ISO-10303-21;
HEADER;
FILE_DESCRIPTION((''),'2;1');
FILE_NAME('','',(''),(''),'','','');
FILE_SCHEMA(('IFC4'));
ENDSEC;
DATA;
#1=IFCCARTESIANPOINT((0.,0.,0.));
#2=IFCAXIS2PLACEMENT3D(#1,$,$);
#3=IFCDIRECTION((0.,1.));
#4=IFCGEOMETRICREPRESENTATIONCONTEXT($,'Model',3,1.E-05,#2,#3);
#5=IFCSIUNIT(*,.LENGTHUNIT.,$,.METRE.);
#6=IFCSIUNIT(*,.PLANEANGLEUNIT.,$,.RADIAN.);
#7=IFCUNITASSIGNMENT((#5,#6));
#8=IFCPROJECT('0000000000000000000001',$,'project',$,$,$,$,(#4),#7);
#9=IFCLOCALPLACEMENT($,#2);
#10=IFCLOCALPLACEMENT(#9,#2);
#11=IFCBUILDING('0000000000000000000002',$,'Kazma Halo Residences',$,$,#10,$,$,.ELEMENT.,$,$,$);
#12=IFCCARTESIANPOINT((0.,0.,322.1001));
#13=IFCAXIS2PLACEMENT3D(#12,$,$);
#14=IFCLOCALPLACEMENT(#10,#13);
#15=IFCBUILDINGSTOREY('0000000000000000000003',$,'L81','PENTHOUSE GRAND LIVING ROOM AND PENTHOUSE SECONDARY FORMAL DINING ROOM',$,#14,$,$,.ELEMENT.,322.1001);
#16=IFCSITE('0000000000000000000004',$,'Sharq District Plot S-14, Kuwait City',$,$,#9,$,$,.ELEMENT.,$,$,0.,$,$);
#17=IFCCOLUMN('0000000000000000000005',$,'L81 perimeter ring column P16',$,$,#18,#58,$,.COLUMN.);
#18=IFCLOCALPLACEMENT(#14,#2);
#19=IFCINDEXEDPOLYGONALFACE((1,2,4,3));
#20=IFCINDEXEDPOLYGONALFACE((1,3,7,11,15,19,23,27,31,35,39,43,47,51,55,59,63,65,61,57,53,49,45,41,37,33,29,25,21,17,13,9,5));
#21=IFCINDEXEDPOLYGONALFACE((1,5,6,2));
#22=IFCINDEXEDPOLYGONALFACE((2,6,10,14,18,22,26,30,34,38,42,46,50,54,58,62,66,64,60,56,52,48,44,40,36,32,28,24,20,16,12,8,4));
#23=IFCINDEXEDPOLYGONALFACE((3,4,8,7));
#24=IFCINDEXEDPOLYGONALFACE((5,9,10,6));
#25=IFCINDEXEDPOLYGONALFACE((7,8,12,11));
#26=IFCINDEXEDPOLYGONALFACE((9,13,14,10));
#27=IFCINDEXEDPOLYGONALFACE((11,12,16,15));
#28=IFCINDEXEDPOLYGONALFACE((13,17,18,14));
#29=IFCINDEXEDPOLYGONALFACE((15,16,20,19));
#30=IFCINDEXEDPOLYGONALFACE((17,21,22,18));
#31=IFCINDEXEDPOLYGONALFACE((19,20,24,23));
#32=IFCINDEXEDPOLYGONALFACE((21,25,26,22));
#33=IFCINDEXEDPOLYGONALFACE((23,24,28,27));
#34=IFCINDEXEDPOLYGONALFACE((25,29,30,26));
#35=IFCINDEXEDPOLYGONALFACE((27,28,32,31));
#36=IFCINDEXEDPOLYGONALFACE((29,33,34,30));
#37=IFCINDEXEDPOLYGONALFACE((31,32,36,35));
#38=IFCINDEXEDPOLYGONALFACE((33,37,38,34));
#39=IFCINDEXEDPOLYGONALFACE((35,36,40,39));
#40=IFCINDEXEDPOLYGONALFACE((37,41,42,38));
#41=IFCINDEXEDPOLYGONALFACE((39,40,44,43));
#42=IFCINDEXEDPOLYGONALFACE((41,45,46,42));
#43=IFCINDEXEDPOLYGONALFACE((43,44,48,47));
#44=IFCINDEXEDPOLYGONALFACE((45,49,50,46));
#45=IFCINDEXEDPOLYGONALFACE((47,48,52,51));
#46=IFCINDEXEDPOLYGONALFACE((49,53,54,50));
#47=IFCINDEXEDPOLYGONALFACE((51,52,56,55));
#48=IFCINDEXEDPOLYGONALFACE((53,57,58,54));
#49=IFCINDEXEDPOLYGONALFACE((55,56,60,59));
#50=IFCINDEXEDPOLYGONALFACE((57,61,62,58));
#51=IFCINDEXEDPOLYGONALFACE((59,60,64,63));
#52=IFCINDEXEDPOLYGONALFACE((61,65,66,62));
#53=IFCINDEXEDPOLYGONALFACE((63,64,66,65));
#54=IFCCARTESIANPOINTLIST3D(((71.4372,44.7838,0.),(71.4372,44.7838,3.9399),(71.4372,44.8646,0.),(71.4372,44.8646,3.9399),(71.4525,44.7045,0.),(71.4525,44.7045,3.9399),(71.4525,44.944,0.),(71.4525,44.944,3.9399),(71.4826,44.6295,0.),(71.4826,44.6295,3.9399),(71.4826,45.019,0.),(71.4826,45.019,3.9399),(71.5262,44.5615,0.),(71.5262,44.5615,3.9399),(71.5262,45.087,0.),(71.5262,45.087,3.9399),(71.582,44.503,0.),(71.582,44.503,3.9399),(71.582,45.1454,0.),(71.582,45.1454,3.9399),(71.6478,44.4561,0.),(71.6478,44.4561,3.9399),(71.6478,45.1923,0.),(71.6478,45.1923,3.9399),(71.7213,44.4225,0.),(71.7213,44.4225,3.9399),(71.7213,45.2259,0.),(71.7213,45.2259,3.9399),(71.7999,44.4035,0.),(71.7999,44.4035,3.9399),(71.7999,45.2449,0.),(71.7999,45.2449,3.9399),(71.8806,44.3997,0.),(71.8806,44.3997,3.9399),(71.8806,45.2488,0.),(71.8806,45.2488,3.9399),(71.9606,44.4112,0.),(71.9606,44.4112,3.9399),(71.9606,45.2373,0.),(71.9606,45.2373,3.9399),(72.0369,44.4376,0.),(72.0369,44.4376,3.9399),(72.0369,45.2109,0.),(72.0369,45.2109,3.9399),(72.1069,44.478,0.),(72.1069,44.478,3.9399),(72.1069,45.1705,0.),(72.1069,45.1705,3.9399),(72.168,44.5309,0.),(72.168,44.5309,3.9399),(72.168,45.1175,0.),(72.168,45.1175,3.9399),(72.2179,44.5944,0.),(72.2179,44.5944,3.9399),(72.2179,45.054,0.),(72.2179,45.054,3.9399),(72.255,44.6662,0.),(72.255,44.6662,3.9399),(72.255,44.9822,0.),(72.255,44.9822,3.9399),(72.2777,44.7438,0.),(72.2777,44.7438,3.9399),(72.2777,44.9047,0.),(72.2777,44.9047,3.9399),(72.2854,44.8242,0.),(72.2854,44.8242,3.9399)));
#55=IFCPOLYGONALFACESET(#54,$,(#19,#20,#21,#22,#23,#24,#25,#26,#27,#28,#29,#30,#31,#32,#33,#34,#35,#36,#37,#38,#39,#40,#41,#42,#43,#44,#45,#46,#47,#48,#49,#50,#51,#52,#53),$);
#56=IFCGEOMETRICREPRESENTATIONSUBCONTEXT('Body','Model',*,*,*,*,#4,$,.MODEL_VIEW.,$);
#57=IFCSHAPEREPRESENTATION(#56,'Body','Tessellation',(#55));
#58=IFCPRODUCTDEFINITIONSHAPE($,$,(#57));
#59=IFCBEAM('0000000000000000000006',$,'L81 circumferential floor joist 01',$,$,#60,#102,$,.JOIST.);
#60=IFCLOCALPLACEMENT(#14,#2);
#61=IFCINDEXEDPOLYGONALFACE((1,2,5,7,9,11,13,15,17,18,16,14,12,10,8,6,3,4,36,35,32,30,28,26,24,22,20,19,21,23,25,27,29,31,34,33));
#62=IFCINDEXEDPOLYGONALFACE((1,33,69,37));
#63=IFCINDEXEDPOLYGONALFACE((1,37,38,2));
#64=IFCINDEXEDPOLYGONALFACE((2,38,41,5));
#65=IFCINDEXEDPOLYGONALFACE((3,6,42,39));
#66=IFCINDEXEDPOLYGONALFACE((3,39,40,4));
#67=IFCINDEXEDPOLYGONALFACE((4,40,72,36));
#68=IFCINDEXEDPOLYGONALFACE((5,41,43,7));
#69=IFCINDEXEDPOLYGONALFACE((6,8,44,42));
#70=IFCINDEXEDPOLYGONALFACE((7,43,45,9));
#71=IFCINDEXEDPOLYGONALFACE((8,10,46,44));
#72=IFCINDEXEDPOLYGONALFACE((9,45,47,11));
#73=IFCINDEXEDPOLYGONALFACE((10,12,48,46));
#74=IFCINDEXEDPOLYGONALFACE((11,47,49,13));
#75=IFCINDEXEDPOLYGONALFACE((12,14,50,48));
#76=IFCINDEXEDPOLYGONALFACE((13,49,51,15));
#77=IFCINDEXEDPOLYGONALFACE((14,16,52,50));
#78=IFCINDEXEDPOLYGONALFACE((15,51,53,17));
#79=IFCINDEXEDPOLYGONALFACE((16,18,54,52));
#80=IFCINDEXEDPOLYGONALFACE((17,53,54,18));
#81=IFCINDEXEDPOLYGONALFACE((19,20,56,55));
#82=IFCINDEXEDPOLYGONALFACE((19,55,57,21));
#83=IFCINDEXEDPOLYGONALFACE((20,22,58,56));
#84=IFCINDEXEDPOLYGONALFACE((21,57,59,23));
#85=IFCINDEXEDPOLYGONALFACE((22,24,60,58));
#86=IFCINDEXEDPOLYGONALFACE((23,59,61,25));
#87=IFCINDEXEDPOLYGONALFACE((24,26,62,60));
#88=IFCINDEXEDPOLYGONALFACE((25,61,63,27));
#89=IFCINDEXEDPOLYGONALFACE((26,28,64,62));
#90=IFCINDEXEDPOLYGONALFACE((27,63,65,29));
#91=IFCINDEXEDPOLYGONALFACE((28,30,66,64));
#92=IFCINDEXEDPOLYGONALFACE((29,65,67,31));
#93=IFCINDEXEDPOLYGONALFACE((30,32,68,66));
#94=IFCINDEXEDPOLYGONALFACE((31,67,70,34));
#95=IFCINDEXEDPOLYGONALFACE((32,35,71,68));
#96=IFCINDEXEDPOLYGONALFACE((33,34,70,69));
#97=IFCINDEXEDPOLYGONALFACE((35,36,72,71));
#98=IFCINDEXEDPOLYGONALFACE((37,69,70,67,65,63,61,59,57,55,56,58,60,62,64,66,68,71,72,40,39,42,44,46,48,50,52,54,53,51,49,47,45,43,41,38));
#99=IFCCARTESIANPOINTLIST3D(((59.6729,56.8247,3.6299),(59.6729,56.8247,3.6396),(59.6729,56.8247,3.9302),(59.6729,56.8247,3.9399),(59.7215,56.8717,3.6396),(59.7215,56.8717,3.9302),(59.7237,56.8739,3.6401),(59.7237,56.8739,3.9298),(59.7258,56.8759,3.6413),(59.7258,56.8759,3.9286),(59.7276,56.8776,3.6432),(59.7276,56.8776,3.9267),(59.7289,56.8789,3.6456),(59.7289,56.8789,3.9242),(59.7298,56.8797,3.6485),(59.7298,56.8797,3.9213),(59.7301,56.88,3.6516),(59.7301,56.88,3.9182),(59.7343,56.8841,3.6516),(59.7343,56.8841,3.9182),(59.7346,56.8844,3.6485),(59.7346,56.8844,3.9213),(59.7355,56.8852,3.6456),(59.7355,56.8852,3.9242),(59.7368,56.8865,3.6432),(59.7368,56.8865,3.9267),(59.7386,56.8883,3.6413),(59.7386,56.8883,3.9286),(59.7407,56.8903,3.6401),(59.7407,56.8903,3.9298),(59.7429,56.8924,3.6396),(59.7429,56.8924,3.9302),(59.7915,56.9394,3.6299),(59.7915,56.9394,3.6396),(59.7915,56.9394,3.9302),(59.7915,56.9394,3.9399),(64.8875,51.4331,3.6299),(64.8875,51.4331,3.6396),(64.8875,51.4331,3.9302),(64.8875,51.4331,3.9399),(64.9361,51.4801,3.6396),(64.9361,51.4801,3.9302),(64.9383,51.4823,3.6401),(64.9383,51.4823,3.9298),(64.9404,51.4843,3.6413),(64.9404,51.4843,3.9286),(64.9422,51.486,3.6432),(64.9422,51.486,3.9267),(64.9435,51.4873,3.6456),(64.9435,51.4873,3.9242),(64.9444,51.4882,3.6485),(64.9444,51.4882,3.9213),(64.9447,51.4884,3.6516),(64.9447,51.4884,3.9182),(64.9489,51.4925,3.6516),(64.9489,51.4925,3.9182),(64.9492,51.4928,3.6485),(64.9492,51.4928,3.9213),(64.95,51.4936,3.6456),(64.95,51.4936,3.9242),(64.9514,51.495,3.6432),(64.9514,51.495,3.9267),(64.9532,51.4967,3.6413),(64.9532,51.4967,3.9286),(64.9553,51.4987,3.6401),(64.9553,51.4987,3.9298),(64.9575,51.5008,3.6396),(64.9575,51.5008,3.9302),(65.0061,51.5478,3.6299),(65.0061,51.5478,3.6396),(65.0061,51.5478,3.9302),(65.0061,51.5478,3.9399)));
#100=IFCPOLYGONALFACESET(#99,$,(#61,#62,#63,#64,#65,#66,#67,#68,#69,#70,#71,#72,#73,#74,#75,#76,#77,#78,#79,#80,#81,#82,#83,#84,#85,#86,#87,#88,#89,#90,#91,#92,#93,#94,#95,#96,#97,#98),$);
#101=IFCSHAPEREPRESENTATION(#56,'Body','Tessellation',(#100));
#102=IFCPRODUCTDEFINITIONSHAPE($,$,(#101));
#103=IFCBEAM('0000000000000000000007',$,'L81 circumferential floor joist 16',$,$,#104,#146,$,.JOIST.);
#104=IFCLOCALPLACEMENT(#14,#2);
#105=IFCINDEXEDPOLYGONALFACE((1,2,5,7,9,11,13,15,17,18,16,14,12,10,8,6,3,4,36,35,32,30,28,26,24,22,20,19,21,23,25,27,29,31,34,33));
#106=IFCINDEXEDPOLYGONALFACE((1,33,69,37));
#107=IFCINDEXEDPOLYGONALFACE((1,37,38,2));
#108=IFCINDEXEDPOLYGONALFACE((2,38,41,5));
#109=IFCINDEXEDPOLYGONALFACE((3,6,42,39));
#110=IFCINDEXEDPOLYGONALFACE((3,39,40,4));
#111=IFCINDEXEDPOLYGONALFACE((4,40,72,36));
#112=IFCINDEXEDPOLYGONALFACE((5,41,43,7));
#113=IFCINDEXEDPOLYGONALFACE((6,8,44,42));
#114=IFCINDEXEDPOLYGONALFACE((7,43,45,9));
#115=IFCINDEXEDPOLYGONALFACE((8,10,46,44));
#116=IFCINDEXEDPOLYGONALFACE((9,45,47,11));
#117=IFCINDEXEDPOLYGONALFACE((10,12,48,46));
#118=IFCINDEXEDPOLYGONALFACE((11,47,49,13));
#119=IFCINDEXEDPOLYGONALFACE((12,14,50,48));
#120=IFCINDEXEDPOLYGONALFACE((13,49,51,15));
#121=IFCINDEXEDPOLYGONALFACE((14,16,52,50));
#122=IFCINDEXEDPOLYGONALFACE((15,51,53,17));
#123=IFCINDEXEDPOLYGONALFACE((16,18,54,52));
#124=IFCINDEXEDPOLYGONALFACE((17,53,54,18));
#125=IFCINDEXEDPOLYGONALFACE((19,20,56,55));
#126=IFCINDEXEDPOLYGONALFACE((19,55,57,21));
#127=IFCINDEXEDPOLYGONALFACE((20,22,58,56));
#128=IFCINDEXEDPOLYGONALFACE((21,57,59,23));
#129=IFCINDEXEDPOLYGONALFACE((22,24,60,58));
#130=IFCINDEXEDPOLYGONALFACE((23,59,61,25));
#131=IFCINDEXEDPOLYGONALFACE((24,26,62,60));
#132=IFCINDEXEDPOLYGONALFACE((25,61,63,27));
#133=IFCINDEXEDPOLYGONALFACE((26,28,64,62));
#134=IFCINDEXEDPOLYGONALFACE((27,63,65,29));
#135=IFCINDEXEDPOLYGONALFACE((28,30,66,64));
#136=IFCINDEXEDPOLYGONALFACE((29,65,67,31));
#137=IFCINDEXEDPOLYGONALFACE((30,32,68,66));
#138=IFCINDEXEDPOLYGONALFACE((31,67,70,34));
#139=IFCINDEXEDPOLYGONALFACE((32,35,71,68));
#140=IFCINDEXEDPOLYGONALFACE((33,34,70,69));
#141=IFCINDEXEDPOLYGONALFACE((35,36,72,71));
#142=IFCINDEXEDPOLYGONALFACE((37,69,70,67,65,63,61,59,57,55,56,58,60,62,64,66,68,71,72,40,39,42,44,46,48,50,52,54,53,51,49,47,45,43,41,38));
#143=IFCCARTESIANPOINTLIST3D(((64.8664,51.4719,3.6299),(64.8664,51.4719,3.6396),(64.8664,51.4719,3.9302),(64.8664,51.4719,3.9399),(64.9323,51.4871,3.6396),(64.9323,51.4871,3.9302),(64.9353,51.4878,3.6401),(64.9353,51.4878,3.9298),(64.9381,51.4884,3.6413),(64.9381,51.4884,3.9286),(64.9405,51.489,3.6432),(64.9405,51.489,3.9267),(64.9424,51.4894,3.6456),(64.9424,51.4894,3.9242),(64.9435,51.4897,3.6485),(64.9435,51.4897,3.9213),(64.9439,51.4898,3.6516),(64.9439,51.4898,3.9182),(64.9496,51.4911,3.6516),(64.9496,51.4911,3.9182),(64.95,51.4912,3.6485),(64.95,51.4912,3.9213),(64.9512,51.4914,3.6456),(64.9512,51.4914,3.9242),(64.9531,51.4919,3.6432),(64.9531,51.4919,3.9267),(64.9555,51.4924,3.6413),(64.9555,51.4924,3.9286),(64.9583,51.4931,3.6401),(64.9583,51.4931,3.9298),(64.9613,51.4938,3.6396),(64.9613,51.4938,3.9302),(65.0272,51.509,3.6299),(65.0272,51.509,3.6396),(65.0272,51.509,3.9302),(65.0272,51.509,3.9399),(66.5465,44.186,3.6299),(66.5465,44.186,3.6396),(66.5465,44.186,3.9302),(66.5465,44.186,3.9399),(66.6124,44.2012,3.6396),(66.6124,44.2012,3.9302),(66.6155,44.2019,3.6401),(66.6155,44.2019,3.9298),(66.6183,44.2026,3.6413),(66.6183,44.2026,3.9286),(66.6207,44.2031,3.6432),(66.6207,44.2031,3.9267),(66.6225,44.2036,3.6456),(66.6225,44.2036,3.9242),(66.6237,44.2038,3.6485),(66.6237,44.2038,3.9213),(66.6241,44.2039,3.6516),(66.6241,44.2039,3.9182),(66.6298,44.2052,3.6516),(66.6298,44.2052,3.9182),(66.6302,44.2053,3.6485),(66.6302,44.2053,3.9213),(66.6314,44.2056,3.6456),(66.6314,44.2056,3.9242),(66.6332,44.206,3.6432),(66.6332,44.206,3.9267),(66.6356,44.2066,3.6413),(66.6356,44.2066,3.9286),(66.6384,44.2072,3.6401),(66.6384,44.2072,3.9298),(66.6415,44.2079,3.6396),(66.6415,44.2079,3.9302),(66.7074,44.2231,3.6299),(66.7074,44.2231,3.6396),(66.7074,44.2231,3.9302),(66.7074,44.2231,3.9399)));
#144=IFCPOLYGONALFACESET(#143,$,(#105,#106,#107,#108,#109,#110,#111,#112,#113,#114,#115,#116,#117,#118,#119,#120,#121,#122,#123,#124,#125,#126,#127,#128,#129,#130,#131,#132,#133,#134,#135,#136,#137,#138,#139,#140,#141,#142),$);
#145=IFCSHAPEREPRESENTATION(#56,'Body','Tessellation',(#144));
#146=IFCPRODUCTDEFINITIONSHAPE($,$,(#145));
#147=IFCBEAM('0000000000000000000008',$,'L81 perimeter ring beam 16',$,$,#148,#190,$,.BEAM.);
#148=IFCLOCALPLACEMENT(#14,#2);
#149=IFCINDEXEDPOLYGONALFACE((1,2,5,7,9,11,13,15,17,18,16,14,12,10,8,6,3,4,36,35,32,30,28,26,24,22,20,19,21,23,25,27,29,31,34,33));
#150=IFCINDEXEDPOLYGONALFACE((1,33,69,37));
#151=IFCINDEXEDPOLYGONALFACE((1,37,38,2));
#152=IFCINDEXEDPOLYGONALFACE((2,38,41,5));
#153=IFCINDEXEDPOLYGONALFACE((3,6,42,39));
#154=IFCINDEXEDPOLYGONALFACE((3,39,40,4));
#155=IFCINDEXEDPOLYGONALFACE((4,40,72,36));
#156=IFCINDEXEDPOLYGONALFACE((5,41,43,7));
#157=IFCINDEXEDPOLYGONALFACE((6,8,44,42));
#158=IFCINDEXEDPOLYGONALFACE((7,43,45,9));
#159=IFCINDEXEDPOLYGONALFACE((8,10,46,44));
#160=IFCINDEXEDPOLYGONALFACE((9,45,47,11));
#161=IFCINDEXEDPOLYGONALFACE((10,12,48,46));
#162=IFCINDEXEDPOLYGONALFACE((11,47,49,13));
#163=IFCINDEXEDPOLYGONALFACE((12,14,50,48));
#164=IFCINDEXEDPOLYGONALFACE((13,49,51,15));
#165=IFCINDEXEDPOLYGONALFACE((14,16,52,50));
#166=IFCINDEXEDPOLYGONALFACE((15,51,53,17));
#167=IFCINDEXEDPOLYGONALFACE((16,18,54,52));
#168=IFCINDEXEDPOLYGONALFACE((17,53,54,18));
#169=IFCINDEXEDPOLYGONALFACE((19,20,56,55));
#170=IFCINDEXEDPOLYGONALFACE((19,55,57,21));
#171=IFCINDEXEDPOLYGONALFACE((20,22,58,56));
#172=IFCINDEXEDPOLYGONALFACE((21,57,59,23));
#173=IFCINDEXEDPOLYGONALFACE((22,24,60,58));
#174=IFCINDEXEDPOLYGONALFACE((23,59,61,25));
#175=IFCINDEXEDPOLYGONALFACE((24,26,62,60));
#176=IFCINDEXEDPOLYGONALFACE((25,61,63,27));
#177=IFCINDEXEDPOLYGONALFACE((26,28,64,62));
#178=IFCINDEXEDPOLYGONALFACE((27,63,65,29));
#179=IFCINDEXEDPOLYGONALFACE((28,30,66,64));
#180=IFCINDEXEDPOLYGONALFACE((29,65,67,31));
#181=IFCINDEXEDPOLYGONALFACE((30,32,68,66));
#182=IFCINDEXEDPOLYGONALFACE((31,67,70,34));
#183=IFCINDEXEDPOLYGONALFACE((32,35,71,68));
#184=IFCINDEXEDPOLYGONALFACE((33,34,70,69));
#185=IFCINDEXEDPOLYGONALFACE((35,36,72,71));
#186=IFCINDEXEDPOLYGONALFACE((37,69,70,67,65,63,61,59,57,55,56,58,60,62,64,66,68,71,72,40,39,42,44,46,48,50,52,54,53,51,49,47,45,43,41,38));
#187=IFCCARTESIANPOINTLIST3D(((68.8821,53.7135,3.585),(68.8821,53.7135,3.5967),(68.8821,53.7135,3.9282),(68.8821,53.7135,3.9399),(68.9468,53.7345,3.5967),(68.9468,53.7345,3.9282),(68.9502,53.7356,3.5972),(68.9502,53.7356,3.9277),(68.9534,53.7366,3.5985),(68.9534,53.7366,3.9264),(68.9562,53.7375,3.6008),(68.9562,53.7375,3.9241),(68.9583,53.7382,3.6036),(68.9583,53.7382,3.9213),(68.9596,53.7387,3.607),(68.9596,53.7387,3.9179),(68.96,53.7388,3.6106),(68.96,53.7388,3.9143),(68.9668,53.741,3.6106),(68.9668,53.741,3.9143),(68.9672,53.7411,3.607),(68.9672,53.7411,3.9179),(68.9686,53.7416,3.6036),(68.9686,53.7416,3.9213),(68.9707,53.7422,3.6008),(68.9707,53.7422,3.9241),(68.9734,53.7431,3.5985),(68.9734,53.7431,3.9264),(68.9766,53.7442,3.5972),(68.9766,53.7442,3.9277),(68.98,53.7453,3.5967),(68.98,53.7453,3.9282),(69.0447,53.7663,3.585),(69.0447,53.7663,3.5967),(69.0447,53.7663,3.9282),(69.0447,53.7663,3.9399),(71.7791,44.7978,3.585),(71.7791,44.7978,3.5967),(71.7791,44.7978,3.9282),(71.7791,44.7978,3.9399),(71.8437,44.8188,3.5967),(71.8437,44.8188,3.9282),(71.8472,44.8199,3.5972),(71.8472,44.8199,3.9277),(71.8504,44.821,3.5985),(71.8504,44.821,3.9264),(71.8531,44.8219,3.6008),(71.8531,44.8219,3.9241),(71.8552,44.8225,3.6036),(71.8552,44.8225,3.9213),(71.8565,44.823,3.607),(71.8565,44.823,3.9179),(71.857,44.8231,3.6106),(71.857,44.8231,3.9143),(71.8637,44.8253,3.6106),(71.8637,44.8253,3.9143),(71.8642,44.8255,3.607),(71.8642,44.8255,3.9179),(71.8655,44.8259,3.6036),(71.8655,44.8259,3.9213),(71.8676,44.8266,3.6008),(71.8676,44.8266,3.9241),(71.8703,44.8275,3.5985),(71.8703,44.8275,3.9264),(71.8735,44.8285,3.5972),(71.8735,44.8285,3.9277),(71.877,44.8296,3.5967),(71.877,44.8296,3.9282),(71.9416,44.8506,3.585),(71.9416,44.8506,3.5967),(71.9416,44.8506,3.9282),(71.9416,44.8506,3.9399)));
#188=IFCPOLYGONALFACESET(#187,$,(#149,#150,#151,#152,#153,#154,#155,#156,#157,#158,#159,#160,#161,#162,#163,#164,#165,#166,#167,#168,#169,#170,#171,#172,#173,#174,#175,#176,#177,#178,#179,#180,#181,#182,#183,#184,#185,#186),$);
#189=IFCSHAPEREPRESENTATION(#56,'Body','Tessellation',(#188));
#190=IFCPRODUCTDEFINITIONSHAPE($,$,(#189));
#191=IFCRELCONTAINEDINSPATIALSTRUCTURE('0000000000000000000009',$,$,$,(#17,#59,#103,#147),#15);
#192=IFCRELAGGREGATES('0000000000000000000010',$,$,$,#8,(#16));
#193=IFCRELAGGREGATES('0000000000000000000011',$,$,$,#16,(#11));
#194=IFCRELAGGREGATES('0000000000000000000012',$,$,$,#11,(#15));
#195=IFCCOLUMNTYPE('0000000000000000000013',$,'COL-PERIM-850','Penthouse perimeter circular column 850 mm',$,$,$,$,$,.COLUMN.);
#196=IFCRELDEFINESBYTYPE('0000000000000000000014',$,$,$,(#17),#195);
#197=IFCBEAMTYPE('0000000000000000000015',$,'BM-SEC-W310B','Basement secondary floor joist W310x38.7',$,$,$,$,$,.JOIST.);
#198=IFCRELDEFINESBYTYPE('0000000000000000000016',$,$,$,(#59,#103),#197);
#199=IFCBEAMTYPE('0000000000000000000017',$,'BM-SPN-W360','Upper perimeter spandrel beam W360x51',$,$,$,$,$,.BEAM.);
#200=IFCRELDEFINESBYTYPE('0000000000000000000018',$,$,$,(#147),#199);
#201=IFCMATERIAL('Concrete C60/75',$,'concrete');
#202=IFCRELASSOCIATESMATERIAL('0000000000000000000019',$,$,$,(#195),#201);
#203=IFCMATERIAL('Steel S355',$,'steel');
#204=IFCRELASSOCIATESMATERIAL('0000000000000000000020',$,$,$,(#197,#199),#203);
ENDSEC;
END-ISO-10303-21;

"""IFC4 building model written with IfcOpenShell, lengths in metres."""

from ifc_helpers import new_model, si_unit, direction, frame, origin, origin_2d, place, context, subcontext, project, spatial, circle, i_section, extrude, material, material_profile, profile_set, type_object, element, save


model = new_model("IFC4")

# Units and contexts
model_context = context("Model", 3, precision=1e-05, world=origin(), true_north=direction((0.0, 1.0)))
body_context = subcontext(model_context, "Body", "Model", "MODEL_VIEW")
ifc_project = project(units=[si_unit("LENGTHUNIT", "METRE"), si_unit("PLANEANGLEUNIT", "RADIAN")], contexts=[model_context])

# Site, building, storey
site_placement = place(None, origin())
site = spatial("IfcSite", under=ifc_project, at=site_placement, Name="Sharq District Plot S-14, Kuwait City", CompositionType="ELEMENT", RefElevation=0.0)
building_placement = place(site_placement, origin())
building = spatial("IfcBuilding", under=site, at=building_placement, Name="Kazma Halo Residences", CompositionType="ELEMENT")
storey_placement = place(building_placement, frame((0.0, 0.0, 322.1001)))
storey = spatial("IfcBuildingStorey", under=building, at=storey_placement, Name="L81", Description="PENTHOUSE GRAND LIVING ROOM AND PENTHOUSE SECONDARY FORMAL DINING ROOM", CompositionType="ELEMENT", Elevation=322.1001)

# Column
ifc_material_1 = material(Name="Concrete C60/75", Category="concrete")
ifc_material_profile_1 = material_profile(ifc_material_1, circle(Radius=0.425, at=origin_2d()), Name="CIRC850")
ifc_profile_set_1 = profile_set([ifc_material_profile_1], Name="Concrete C60/75")
column_type = type_object("IfcColumnType", Name="COL-PERIM-850", Description="Penthouse perimeter circular column 850 mm", PredefinedType="COLUMN", material=ifc_profile_set_1)
column_placement = place(storey_placement, frame((71.8604, 44.8242, 0.0), z_axis=(0.0, 0.0, 1.0), x_axis=(1.0, 0.0, 0.0)))
element("IfcColumn", 1, at=column_placement, inside=storey, type_object=column_type, Name="L81 perimeter ring column P16", PredefinedType="COLUMN", context=body_context, shape_type="SweptSolid", body=[
    extrude(circle(Radius=0.425, at=origin_2d()), origin(), (0.0, 0.0, 1.0), 3.9399),
])

# Beams
ifc_material_2 = material(Name="Steel S355", Category="steel")
ifc_material_profile_2 = material_profile(ifc_material_2, i_section(OverallWidth=0.165, OverallDepth=0.3101, WebThickness=0.0059, FlangeThickness=0.0098, FilletRadius=0.012, at=origin_2d()), Name="W310x38.7")
ifc_profile_set_2 = profile_set([ifc_material_profile_2], Name="Steel S355")
beam_type_1 = type_object("IfcBeamType", Name="BM-SEC-W310B", Description="Basement secondary floor joist W310x38.7", PredefinedType="JOIST", material=ifc_profile_set_2)
beam_1_placement = place(storey_placement, frame((64.9468, 51.4905, 3.7849), z_axis=(-0.695209, 0.718807, 0.0), x_axis=(-0.718807, -0.695209, 0.0)))
element("IfcBeam", 2, at=beam_1_placement, inside=storey, type_object=beam_type_1, Name="L81 circumferential floor joist 01", PredefinedType="JOIST", context=body_context, shape_type="SweptSolid", body=[
    extrude(i_section(OverallWidth=0.165, OverallDepth=0.3101, WebThickness=0.0059, FlangeThickness=0.0098, FilletRadius=0.012, at=origin_2d()), origin(), (0.0, 0.0, 1.0), 7.5007),
])
beam_2_placement = place(storey_placement, frame((66.627, 44.2046, 3.7849), z_axis=(-0.224709, 0.974426, 0.0), x_axis=(-0.974426, -0.224709, 0.0)))
element("IfcBeam", 3, at=beam_2_placement, inside=storey, type_object=beam_type_1, Name="L81 circumferential floor joist 16", PredefinedType="JOIST", context=body_context, shape_type="SweptSolid", body=[
    extrude(i_section(OverallWidth=0.165, OverallDepth=0.3101, WebThickness=0.0059, FlangeThickness=0.0098, FilletRadius=0.012, at=origin_2d()), origin(), (0.0, 0.0, 1.0), 7.4771),
])
ifc_material_profile_3 = material_profile(ifc_material_2, i_section(OverallWidth=0.1709, OverallDepth=0.355, WebThickness=0.0071, FlangeThickness=0.0117, FilletRadius=0.0139, at=origin_2d()), Name="W360x51")
ifc_profile_set_3 = profile_set([ifc_material_profile_3], Name="Steel S355")
beam_type_2 = type_object("IfcBeamType", Name="BM-SPN-W360", Description="Upper perimeter spandrel beam W360x51", PredefinedType="BEAM", material=ifc_profile_set_3)
beam_3_placement = place(storey_placement, frame((71.8604, 44.8242, 3.7625), z_axis=(-0.309023, 0.951055, 0.0), x_axis=(-0.951055, -0.309023, 0.0)))
element("IfcBeam", 4, at=beam_3_placement, inside=storey, type_object=beam_type_2, Name="L81 perimeter ring beam 16", PredefinedType="BEAM", context=body_context, shape_type="SweptSolid", body=[
    extrude(i_section(OverallWidth=0.1709, OverallDepth=0.355, WebThickness=0.0071, FlangeThickness=0.0117, FilletRadius=0.0139, at=origin_2d()), origin(), (0.0, 0.0, 1.0), 9.3745),
])

save(model, "model.ifc")
